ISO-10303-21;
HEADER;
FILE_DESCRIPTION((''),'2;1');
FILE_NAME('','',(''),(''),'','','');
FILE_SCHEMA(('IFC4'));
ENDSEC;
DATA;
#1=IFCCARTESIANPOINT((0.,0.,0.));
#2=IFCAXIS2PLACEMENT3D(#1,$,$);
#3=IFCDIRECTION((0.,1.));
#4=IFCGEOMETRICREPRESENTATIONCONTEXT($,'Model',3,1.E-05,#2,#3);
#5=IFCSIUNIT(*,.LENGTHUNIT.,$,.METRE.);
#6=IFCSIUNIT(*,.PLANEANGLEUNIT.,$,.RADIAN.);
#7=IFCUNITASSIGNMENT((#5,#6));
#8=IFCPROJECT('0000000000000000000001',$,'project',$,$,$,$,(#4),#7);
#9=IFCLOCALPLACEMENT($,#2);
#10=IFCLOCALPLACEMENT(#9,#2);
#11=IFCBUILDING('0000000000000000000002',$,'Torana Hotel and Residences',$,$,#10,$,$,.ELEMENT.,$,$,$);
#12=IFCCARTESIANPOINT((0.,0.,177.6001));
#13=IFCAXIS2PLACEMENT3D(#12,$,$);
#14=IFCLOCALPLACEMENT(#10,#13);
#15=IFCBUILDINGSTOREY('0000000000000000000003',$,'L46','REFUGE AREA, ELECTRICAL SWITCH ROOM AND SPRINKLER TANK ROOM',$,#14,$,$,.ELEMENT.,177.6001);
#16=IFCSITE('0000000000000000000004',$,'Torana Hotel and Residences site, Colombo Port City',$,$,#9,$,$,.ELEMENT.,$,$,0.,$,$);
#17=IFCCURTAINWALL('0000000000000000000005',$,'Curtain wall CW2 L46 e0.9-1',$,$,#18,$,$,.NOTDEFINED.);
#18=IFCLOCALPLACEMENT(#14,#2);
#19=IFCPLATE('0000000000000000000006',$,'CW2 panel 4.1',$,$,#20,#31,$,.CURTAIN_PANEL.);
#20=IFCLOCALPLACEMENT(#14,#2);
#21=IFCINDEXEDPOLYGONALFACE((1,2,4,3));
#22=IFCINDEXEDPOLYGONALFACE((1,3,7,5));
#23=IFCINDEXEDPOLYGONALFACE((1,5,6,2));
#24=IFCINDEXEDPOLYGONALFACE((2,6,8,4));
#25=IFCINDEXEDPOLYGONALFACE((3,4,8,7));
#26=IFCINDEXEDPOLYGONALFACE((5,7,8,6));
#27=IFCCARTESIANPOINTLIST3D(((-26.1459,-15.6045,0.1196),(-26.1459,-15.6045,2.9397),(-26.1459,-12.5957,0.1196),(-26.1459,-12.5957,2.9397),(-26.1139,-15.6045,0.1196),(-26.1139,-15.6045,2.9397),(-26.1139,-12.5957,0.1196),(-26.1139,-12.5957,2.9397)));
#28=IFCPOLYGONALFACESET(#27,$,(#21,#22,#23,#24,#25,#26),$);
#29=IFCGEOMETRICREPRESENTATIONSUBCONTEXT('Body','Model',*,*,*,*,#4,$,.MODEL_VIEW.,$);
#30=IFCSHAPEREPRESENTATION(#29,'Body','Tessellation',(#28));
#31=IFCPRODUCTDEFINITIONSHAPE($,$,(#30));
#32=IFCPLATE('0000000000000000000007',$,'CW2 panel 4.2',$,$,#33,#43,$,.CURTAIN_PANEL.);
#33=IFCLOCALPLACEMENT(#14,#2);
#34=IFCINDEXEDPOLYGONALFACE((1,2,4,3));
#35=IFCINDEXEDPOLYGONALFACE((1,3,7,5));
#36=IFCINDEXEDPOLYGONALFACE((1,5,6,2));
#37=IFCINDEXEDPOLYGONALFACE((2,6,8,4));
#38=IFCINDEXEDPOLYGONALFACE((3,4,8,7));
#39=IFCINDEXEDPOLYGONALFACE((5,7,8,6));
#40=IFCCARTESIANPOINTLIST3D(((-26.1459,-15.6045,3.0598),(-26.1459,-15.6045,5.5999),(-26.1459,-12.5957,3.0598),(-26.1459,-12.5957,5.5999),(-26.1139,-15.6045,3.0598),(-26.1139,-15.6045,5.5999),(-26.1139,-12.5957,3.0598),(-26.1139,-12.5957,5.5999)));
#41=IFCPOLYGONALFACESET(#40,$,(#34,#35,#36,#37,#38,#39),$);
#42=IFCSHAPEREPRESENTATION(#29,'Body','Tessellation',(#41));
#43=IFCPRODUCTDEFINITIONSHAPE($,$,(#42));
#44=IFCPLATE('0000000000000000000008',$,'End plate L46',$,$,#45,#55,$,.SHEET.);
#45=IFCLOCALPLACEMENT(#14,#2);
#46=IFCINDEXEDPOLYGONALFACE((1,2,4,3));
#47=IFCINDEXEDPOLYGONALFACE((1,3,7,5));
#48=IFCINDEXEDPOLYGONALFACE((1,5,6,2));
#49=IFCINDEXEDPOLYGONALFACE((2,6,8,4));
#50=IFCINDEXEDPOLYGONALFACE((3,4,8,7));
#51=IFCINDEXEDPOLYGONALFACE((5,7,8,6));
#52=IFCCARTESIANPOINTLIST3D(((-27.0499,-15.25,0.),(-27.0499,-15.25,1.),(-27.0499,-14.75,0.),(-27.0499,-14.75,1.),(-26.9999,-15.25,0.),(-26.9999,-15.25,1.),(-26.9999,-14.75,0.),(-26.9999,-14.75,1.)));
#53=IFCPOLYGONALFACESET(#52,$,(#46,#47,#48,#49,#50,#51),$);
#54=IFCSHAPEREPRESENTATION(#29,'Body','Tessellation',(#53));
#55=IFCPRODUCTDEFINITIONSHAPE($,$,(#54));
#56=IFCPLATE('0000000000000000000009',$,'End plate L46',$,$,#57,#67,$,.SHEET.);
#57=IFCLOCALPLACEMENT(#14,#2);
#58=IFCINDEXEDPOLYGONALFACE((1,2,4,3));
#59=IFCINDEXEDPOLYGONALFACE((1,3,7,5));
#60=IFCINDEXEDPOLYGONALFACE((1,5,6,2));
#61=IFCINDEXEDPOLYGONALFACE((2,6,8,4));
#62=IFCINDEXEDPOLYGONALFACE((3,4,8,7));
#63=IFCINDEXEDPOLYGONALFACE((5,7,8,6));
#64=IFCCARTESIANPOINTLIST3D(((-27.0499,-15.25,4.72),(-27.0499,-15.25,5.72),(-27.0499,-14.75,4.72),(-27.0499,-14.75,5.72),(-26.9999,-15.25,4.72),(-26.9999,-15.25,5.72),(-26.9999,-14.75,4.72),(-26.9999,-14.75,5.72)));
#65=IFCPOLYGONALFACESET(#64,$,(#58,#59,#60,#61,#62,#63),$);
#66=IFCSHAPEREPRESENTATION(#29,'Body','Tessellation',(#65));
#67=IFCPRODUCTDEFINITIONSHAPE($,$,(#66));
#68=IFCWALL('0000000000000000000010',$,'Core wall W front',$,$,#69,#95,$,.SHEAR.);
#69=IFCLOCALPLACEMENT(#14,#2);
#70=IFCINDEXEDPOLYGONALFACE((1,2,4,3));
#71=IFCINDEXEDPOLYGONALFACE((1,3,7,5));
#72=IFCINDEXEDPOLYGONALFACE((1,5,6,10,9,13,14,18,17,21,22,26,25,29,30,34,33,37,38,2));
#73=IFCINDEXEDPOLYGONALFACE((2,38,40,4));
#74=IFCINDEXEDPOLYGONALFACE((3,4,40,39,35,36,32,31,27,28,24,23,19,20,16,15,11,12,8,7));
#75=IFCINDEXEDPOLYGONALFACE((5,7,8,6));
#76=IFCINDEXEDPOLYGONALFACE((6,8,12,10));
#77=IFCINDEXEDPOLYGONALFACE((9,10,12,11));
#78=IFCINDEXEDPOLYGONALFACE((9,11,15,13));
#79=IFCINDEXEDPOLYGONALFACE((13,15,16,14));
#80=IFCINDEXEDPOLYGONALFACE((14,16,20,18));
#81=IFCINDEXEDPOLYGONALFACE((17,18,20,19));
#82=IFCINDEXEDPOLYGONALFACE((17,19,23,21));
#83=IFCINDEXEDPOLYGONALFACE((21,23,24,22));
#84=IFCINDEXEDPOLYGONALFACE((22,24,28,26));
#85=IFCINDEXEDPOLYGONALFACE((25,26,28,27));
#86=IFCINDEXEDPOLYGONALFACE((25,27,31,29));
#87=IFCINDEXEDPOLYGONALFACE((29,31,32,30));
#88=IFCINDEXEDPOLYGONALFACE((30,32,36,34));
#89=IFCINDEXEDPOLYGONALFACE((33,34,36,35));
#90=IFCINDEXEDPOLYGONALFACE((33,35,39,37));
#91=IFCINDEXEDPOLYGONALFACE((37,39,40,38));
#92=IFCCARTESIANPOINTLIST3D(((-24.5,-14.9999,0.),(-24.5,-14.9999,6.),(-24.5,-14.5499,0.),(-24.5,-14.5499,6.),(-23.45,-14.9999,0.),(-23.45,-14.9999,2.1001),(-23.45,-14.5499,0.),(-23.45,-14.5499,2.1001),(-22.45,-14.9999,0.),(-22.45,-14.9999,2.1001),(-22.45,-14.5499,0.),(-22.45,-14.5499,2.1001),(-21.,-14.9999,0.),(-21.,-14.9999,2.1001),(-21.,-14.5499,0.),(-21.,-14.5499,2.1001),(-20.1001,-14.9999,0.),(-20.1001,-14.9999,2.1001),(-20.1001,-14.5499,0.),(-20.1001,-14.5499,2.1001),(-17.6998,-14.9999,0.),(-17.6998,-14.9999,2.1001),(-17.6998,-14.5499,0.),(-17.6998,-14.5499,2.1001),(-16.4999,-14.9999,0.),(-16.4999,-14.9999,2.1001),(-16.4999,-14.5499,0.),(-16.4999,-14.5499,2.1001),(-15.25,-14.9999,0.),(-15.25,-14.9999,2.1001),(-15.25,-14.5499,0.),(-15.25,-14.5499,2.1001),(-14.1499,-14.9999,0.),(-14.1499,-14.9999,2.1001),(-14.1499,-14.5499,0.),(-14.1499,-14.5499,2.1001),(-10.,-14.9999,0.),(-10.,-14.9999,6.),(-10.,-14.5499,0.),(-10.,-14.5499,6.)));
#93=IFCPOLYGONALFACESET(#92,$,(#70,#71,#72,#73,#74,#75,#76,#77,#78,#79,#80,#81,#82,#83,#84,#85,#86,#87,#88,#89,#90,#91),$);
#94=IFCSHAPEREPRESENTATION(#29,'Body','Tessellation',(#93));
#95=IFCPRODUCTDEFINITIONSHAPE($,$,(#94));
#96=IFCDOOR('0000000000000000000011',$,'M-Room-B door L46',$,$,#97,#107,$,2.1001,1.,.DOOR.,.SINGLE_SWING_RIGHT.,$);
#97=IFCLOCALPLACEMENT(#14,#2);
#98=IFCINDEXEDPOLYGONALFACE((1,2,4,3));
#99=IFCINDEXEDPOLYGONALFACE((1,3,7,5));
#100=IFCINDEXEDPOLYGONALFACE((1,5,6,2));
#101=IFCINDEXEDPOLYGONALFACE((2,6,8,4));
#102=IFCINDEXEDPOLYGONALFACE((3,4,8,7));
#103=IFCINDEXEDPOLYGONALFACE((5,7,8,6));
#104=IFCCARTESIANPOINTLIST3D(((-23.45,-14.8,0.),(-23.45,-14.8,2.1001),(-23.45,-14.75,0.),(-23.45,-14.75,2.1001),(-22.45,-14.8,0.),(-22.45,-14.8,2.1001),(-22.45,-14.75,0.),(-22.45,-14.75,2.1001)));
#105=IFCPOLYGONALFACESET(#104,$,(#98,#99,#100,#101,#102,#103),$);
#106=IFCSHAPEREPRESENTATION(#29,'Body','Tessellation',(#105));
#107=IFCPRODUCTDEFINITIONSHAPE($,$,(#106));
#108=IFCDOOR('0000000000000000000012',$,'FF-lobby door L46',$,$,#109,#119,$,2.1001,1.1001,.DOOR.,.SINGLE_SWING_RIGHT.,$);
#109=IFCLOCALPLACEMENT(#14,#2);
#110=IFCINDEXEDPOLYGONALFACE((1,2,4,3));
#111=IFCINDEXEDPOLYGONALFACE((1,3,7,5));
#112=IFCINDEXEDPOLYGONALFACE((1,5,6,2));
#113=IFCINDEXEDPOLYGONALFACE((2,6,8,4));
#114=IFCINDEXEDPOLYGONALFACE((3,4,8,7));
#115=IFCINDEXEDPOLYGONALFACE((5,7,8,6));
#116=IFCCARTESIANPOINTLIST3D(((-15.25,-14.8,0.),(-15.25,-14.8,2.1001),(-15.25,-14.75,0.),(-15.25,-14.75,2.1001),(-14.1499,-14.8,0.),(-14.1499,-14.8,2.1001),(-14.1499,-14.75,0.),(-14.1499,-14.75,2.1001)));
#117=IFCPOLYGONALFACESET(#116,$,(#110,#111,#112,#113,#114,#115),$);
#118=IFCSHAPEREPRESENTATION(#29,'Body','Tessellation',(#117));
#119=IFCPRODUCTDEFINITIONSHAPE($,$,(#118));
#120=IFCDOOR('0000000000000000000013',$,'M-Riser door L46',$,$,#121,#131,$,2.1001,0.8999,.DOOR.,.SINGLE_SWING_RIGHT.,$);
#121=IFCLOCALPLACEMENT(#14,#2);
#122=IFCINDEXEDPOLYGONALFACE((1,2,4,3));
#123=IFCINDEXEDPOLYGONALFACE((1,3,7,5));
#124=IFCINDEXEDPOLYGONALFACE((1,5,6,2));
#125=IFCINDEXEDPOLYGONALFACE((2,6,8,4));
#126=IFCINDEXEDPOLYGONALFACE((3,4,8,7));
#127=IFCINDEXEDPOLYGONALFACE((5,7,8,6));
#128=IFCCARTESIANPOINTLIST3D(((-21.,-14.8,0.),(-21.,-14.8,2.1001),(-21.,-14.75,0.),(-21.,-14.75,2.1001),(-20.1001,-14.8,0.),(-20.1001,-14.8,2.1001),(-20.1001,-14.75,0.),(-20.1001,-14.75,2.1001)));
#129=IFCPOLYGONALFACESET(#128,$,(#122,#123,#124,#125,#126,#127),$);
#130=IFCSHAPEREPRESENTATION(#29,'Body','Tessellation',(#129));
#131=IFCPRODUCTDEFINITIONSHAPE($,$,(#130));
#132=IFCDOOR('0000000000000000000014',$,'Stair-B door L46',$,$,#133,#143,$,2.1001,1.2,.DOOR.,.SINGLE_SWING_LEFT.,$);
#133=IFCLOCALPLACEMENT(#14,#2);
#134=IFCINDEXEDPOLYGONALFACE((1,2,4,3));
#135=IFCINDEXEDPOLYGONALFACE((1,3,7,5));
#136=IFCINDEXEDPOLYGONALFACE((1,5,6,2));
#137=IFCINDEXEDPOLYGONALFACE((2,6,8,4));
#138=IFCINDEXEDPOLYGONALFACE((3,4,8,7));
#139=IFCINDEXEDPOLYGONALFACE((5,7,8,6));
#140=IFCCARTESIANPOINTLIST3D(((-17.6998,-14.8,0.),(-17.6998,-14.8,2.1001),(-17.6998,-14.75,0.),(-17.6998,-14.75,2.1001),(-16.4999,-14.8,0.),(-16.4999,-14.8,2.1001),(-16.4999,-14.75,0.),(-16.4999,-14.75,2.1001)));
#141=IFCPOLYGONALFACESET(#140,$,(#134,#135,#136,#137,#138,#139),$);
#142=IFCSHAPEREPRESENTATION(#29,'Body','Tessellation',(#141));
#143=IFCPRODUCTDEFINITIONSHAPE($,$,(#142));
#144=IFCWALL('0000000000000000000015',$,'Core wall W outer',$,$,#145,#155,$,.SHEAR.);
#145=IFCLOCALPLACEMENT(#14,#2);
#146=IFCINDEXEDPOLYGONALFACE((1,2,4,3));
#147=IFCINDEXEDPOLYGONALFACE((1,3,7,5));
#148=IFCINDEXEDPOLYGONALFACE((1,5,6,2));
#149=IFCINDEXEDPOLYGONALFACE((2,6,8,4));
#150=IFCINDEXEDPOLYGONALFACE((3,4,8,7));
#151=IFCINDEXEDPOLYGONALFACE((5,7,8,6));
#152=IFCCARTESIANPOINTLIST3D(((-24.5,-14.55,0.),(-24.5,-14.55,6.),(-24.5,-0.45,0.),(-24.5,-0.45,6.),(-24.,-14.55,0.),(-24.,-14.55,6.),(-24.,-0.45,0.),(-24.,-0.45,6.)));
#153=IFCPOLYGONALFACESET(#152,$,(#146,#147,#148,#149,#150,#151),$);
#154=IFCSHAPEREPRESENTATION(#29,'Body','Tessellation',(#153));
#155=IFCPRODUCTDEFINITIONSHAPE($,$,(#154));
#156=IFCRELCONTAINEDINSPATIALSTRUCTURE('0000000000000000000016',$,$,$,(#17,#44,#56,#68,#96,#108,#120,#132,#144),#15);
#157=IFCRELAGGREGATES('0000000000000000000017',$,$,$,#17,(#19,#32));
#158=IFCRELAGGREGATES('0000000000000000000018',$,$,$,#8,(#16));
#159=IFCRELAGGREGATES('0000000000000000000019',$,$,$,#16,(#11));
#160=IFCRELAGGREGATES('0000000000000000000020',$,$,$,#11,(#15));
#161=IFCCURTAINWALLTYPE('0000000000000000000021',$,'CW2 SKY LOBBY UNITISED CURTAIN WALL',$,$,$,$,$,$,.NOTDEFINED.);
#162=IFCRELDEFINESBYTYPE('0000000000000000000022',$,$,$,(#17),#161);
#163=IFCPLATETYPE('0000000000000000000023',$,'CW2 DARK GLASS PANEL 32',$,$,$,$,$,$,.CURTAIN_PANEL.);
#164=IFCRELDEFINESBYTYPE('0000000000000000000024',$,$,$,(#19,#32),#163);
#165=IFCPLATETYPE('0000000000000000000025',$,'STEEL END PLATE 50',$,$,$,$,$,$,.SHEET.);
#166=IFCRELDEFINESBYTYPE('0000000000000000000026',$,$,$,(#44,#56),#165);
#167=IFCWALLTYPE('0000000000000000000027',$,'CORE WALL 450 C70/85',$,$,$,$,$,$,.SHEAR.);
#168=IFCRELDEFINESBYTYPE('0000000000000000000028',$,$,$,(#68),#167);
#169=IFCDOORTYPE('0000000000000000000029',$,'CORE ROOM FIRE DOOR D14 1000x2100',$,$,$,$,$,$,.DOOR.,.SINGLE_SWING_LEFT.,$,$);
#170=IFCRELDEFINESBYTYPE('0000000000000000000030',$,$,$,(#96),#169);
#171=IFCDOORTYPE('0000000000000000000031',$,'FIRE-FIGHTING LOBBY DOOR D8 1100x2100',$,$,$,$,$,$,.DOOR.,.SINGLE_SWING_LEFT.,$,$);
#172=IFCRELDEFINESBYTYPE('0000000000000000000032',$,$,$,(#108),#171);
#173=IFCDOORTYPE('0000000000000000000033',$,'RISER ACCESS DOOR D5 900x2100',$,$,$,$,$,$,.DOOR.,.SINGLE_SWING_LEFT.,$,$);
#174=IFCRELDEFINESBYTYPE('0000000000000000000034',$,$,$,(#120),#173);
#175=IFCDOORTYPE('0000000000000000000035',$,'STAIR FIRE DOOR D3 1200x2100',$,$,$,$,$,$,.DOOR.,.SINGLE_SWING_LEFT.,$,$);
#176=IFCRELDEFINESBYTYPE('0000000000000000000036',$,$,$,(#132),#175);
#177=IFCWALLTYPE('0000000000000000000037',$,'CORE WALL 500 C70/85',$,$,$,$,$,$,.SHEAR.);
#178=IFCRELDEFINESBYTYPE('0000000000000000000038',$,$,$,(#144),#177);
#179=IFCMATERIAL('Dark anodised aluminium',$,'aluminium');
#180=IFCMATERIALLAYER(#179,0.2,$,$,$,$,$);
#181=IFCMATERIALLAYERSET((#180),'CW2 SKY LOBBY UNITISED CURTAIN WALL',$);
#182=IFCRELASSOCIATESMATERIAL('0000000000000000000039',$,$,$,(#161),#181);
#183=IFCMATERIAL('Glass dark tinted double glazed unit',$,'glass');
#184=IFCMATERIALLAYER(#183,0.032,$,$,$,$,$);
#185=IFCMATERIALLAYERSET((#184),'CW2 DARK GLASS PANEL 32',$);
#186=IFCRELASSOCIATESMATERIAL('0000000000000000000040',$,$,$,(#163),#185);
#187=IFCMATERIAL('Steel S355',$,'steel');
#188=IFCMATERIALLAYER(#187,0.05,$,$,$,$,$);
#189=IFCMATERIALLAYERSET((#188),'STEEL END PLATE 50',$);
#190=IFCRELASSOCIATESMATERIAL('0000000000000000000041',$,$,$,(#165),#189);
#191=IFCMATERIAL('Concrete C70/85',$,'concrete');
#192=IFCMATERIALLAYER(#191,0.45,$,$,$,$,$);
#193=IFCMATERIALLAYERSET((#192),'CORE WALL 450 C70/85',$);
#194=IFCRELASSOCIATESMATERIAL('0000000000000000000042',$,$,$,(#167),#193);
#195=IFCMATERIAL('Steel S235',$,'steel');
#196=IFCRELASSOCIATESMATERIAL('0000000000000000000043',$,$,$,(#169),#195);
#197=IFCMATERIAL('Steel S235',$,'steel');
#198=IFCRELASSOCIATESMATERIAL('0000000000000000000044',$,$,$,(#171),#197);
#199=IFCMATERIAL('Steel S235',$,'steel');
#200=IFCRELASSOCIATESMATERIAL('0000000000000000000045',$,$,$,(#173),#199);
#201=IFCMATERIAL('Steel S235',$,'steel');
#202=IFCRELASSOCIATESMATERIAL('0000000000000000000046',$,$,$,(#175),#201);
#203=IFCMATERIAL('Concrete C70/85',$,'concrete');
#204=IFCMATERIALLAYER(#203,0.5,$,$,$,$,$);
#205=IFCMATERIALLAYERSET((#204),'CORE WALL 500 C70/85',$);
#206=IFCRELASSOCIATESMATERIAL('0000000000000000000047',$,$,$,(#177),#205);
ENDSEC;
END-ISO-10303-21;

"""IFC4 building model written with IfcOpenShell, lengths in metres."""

from ifc_helpers import new_model, si_unit, direction, frame, frame_2d, origin, origin_2d, place, context, subcontext, project, spatial, rectangle, extrude, material, layer, layer_set, type_object, element, fill, aggregate, save


model = new_model("IFC4")

# Units and contexts
model_context = context("Model", 3, precision=1e-05, world=origin(), true_north=direction((0.0, 1.0)))
body_context = subcontext(model_context, "Body", "Model", "MODEL_VIEW")
ifc_project = project(units=[si_unit("LENGTHUNIT", "METRE"), si_unit("PLANEANGLEUNIT", "RADIAN")], contexts=[model_context])

# Site, building, storey
site_placement = place(None, origin())
site = spatial("IfcSite", under=ifc_project, at=site_placement, Name="Torana Hotel and Residences site, Colombo Port City", CompositionType="ELEMENT", RefElevation=0.0)
building_placement = place(site_placement, origin())
building = spatial("IfcBuilding", under=site, at=building_placement, Name="Torana Hotel and Residences", CompositionType="ELEMENT")
storey_placement = place(building_placement, frame((0.0, 0.0, 177.6001)))
storey = spatial("IfcBuildingStorey", under=building, at=storey_placement, Name="L46", Description="REFUGE AREA, ELECTRICAL SWITCH ROOM AND SPRINKLER TANK ROOM", CompositionType="ELEMENT", Elevation=177.6001)

# Curtain wall
ifc_material_1 = material(Name="Dark anodised aluminium", Category="aluminium")
ifc_layer_1 = layer(ifc_material_1, 0.2)
ifc_layer_set_1 = layer_set([ifc_layer_1], Name="CW2 SKY LOBBY UNITISED CURTAIN WALL")
curtain_wall_type = type_object("IfcCurtainWallType", Name="CW2 SKY LOBBY UNITISED CURTAIN WALL", PredefinedType="NOTDEFINED", material=ifc_layer_set_1)
curtain_wall_placement = place(storey_placement, origin())
curtain_wall = element("IfcCurtainWall", 1, at=curtain_wall_placement, inside=storey, type_object=curtain_wall_type, Name="Curtain wall CW2 L46 e0.9-1", PredefinedType="NOTDEFINED")

# Plates
ifc_material_2 = material(Name="Glass dark tinted double glazed unit", Category="glass")
ifc_layer_2 = layer(ifc_material_2, 0.032)
ifc_layer_set_2 = layer_set([ifc_layer_2], Name="CW2 DARK GLASS PANEL 32")
plate_type_1 = type_object("IfcPlateType", Name="CW2 DARK GLASS PANEL 32", PredefinedType="CURTAIN_PANEL", material=ifc_layer_set_2)
plate_1_placement = place(storey_placement, frame((-26.1299, -14.1001, 0.1196), z_axis=(0.0, 0.0, 1.0), x_axis=(0.0, -1.0, 0.0)))
plate_1 = element("IfcPlate", 2, at=plate_1_placement, type_object=plate_type_1, Name="CW2 panel 4.1", PredefinedType="CURTAIN_PANEL", context=body_context, shape_type="SweptSolid", body=[
    extrude(rectangle(XDim=3.0088, YDim=0.032, at=origin_2d()), origin(), (0.0, 0.0, 1.0), 2.8201),
])
plate_2_placement = place(storey_placement, frame((-26.1299, -14.1001, 3.0598), z_axis=(0.0, 0.0, 1.0), x_axis=(0.0, -1.0, 0.0)))
plate_2 = element("IfcPlate", 3, at=plate_2_placement, type_object=plate_type_1, Name="CW2 panel 4.2", PredefinedType="CURTAIN_PANEL", context=body_context, shape_type="SweptSolid", body=[
    extrude(rectangle(XDim=3.0088, YDim=0.032, at=origin_2d()), origin(), (0.0, 0.0, 1.0), 2.54),
])
aggregate(curtain_wall, [plate_1, plate_2])

# Plates
ifc_material_3 = material(Name="Steel S355", Category="steel")
ifc_layer_3 = layer(ifc_material_3, 0.05)
ifc_layer_set_3 = layer_set([ifc_layer_3], Name="STEEL END PLATE 50")
plate_type_2 = type_object("IfcPlateType", Name="STEEL END PLATE 50", PredefinedType="SHEET", material=ifc_layer_set_3)
for number, where, z_axis, x_axis, name in (
    (4, (-27.0249, -15.0, 0.0), (0.0, 0.0, 1.0), (-1.0, 0.0, 0.0), "End plate L46"),
    (5, (-27.0249, -15.0, 4.72), (0.0, 0.0, 1.0), (-1.0, 0.0, 0.0), "End plate L46"),
):
    element("IfcPlate", number, at=place(storey_placement, frame(where, z_axis=z_axis, x_axis=x_axis)), inside=storey, type_object=plate_type_2, Name=name, PredefinedType="SHEET", context=body_context, shape_type="SweptSolid", body=[
        extrude(rectangle(XDim=0.05, YDim=0.5, at=origin_2d()), origin(), (0.0, 0.0, 1.0), 1.0),
    ])

# Wall, openings, doors
ifc_material_4 = material(Name="Concrete C70/85", Category="concrete")
ifc_layer_4 = layer(ifc_material_4, 0.45)
ifc_layer_set_4 = layer_set([ifc_layer_4], Name="CORE WALL 450 C70/85")
wall_type_1 = type_object("IfcWallType", Name="CORE WALL 450 C70/85", PredefinedType="SHEAR", material=ifc_layer_set_4)
wall_1_placement = place(storey_placement, frame((-24.5, -14.7749, 0.0), z_axis=(0.0, 0.0, 1.0), x_axis=(1.0, 0.0, 0.0)))
wall_1 = element("IfcWall", 6, at=wall_1_placement, inside=storey, type_object=wall_type_1, Name="Core wall W front", PredefinedType="SHEAR", context=body_context, shape_type="SweptSolid", body=[
    extrude(rectangle(XDim=14.5, YDim=0.45, at=frame_2d((7.25, 0.0))), origin(), (0.0, 0.0, 1.0), 6.0),
])
opening_1_placement = place(wall_1_placement, frame((6.8, 0.0, 0.0)))
opening_1 = element("IfcOpeningElement", 7, at=opening_1_placement, cuts=wall_1, PredefinedType="OPENING", context=body_context, shape_type="SweptSolid", body=[
    extrude(rectangle(XDim=1.2, YDim=2.1001, at=frame_2d((0.6001, 1.05))), frame((0.0, 0.2349, 0.0), z_axis=(0.0, -1.0, 0.0), x_axis=(1.0, 0.0, 0.0)), (0.0, 0.0, 1.0), 0.47),
])
opening_2_placement = place(wall_1_placement, frame((9.25, 0.0, 0.0)))
opening_2 = element("IfcOpeningElement", 8, at=opening_2_placement, cuts=wall_1, PredefinedType="OPENING", context=body_context, shape_type="SweptSolid", body=[
    extrude(rectangle(XDim=1.1001, YDim=2.1001, at=frame_2d((0.55, 1.05))), frame((0.0, 0.2349, 0.0), z_axis=(0.0, -1.0, 0.0), x_axis=(1.0, 0.0, 0.0)), (0.0, 0.0, 1.0), 0.47),
])
opening_3_placement = place(wall_1_placement, frame((3.5, 0.0, 0.0)))
opening_3 = element("IfcOpeningElement", 9, at=opening_3_placement, cuts=wall_1, PredefinedType="OPENING", context=body_context, shape_type="SweptSolid", body=[
    extrude(rectangle(XDim=0.8999, YDim=2.1001, at=frame_2d((0.45, 1.05))), frame((0.0, 0.2349, 0.0), z_axis=(0.0, -1.0, 0.0), x_axis=(1.0, 0.0, 0.0)), (0.0, 0.0, 1.0), 0.47),
])
opening_4_placement = place(wall_1_placement, frame((1.05, 0.0, 0.0)))
opening_4 = element("IfcOpeningElement", 10, at=opening_4_placement, cuts=wall_1, PredefinedType="OPENING", context=body_context, shape_type="SweptSolid", body=[
    extrude(rectangle(XDim=1.0, YDim=2.1001, at=frame_2d((0.5, 1.05))), frame((0.0, 0.2349, 0.0), z_axis=(0.0, -1.0, 0.0), x_axis=(1.0, 0.0, 0.0)), (0.0, 0.0, 1.0), 0.47),
])
ifc_material_5 = material(Name="Steel S235", Category="steel")
door_type_1 = type_object("IfcDoorType", Name="CORE ROOM FIRE DOOR D14 1000x2100", OperationType="SINGLE_SWING_LEFT", PredefinedType="DOOR", material=ifc_material_5)
door_1_placement = place(opening_4_placement, origin())
door_1 = element("IfcDoor", 11, at=door_1_placement, inside=storey, type_object=door_type_1, Name="M-Room-B door L46", OperationType="SINGLE_SWING_RIGHT", OverallHeight=2.1001, OverallWidth=1.0, PredefinedType="DOOR", context=body_context, shape_type="SweptSolid", body=[
    extrude(rectangle(XDim=1.0, YDim=2.1001, at=frame_2d((0.5, 1.05))), frame((0.0, 0.0249, 0.0), z_axis=(0.0, -1.0, 0.0), x_axis=(1.0, 0.0, 0.0)), (0.0, 0.0, 1.0), 0.05),
])
fill(opening_4, door_1)
ifc_material_6 = material(Name="Steel S235", Category="steel")
door_type_2 = type_object("IfcDoorType", Name="FIRE-FIGHTING LOBBY DOOR D8 1100x2100", OperationType="SINGLE_SWING_LEFT", PredefinedType="DOOR", material=ifc_material_6)
door_2_placement = place(opening_2_placement, origin())
door_2 = element("IfcDoor", 12, at=door_2_placement, inside=storey, type_object=door_type_2, Name="FF-lobby door L46", OperationType="SINGLE_SWING_RIGHT", OverallHeight=2.1001, OverallWidth=1.1001, PredefinedType="DOOR", context=body_context, shape_type="SweptSolid", body=[
    extrude(rectangle(XDim=1.1001, YDim=2.1001, at=frame_2d((0.55, 1.05))), frame((0.0, 0.0249, 0.0), z_axis=(0.0, -1.0, 0.0), x_axis=(1.0, 0.0, 0.0)), (0.0, 0.0, 1.0), 0.05),
])
fill(opening_2, door_2)
ifc_material_7 = material(Name="Steel S235", Category="steel")
door_type_3 = type_object("IfcDoorType", Name="RISER ACCESS DOOR D5 900x2100", OperationType="SINGLE_SWING_LEFT", PredefinedType="DOOR", material=ifc_material_7)
door_3_placement = place(opening_3_placement, origin())
door_3 = element("IfcDoor", 13, at=door_3_placement, inside=storey, type_object=door_type_3, Name="M-Riser door L46", OperationType="SINGLE_SWING_RIGHT", OverallHeight=2.1001, OverallWidth=0.8999, PredefinedType="DOOR", context=body_context, shape_type="SweptSolid", body=[
    extrude(rectangle(XDim=0.8999, YDim=2.1001, at=frame_2d((0.45, 1.05))), frame((0.0, 0.0249, 0.0), z_axis=(0.0, -1.0, 0.0), x_axis=(1.0, 0.0, 0.0)), (0.0, 0.0, 1.0), 0.05),
])
fill(opening_3, door_3)
ifc_material_8 = material(Name="Steel S235", Category="steel")
door_type_4 = type_object("IfcDoorType", Name="STAIR FIRE DOOR D3 1200x2100", OperationType="SINGLE_SWING_LEFT", PredefinedType="DOOR", material=ifc_material_8)
door_4_placement = place(opening_1_placement, origin())
door_4 = element("IfcDoor", 14, at=door_4_placement, inside=storey, type_object=door_type_4, Name="Stair-B door L46", OperationType="SINGLE_SWING_LEFT", OverallHeight=2.1001, OverallWidth=1.2, PredefinedType="DOOR", context=body_context, shape_type="SweptSolid", body=[
    extrude(rectangle(XDim=1.2, YDim=2.1001, at=frame_2d((0.6001, 1.05))), frame((0.0, 0.0249, 0.0), z_axis=(0.0, -1.0, 0.0), x_axis=(1.0, 0.0, 0.0)), (0.0, 0.0, 1.0), 0.05),
])
fill(opening_1, door_4)

# Wall
ifc_material_9 = material(Name="Concrete C70/85", Category="concrete")
ifc_layer_5 = layer(ifc_material_9, 0.5)
ifc_layer_set_5 = layer_set([ifc_layer_5], Name="CORE WALL 500 C70/85")
wall_type_2 = type_object("IfcWallType", Name="CORE WALL 500 C70/85", PredefinedType="SHEAR", material=ifc_layer_set_5)
wall_2_placement = place(storey_placement, frame((-24.25, -14.55, 0.0), z_axis=(0.0, 0.0, 1.0), x_axis=(0.0, 1.0, 0.0)))
element("IfcWall", 15, at=wall_2_placement, inside=storey, type_object=wall_type_2, Name="Core wall W outer", PredefinedType="SHEAR", context=body_context, shape_type="SweptSolid", body=[
    extrude(rectangle(XDim=14.1001, YDim=0.5, at=frame_2d((7.05, 0.0))), origin(), (0.0, 0.0, 1.0), 6.0),
])

save(model, "model.ifc")
